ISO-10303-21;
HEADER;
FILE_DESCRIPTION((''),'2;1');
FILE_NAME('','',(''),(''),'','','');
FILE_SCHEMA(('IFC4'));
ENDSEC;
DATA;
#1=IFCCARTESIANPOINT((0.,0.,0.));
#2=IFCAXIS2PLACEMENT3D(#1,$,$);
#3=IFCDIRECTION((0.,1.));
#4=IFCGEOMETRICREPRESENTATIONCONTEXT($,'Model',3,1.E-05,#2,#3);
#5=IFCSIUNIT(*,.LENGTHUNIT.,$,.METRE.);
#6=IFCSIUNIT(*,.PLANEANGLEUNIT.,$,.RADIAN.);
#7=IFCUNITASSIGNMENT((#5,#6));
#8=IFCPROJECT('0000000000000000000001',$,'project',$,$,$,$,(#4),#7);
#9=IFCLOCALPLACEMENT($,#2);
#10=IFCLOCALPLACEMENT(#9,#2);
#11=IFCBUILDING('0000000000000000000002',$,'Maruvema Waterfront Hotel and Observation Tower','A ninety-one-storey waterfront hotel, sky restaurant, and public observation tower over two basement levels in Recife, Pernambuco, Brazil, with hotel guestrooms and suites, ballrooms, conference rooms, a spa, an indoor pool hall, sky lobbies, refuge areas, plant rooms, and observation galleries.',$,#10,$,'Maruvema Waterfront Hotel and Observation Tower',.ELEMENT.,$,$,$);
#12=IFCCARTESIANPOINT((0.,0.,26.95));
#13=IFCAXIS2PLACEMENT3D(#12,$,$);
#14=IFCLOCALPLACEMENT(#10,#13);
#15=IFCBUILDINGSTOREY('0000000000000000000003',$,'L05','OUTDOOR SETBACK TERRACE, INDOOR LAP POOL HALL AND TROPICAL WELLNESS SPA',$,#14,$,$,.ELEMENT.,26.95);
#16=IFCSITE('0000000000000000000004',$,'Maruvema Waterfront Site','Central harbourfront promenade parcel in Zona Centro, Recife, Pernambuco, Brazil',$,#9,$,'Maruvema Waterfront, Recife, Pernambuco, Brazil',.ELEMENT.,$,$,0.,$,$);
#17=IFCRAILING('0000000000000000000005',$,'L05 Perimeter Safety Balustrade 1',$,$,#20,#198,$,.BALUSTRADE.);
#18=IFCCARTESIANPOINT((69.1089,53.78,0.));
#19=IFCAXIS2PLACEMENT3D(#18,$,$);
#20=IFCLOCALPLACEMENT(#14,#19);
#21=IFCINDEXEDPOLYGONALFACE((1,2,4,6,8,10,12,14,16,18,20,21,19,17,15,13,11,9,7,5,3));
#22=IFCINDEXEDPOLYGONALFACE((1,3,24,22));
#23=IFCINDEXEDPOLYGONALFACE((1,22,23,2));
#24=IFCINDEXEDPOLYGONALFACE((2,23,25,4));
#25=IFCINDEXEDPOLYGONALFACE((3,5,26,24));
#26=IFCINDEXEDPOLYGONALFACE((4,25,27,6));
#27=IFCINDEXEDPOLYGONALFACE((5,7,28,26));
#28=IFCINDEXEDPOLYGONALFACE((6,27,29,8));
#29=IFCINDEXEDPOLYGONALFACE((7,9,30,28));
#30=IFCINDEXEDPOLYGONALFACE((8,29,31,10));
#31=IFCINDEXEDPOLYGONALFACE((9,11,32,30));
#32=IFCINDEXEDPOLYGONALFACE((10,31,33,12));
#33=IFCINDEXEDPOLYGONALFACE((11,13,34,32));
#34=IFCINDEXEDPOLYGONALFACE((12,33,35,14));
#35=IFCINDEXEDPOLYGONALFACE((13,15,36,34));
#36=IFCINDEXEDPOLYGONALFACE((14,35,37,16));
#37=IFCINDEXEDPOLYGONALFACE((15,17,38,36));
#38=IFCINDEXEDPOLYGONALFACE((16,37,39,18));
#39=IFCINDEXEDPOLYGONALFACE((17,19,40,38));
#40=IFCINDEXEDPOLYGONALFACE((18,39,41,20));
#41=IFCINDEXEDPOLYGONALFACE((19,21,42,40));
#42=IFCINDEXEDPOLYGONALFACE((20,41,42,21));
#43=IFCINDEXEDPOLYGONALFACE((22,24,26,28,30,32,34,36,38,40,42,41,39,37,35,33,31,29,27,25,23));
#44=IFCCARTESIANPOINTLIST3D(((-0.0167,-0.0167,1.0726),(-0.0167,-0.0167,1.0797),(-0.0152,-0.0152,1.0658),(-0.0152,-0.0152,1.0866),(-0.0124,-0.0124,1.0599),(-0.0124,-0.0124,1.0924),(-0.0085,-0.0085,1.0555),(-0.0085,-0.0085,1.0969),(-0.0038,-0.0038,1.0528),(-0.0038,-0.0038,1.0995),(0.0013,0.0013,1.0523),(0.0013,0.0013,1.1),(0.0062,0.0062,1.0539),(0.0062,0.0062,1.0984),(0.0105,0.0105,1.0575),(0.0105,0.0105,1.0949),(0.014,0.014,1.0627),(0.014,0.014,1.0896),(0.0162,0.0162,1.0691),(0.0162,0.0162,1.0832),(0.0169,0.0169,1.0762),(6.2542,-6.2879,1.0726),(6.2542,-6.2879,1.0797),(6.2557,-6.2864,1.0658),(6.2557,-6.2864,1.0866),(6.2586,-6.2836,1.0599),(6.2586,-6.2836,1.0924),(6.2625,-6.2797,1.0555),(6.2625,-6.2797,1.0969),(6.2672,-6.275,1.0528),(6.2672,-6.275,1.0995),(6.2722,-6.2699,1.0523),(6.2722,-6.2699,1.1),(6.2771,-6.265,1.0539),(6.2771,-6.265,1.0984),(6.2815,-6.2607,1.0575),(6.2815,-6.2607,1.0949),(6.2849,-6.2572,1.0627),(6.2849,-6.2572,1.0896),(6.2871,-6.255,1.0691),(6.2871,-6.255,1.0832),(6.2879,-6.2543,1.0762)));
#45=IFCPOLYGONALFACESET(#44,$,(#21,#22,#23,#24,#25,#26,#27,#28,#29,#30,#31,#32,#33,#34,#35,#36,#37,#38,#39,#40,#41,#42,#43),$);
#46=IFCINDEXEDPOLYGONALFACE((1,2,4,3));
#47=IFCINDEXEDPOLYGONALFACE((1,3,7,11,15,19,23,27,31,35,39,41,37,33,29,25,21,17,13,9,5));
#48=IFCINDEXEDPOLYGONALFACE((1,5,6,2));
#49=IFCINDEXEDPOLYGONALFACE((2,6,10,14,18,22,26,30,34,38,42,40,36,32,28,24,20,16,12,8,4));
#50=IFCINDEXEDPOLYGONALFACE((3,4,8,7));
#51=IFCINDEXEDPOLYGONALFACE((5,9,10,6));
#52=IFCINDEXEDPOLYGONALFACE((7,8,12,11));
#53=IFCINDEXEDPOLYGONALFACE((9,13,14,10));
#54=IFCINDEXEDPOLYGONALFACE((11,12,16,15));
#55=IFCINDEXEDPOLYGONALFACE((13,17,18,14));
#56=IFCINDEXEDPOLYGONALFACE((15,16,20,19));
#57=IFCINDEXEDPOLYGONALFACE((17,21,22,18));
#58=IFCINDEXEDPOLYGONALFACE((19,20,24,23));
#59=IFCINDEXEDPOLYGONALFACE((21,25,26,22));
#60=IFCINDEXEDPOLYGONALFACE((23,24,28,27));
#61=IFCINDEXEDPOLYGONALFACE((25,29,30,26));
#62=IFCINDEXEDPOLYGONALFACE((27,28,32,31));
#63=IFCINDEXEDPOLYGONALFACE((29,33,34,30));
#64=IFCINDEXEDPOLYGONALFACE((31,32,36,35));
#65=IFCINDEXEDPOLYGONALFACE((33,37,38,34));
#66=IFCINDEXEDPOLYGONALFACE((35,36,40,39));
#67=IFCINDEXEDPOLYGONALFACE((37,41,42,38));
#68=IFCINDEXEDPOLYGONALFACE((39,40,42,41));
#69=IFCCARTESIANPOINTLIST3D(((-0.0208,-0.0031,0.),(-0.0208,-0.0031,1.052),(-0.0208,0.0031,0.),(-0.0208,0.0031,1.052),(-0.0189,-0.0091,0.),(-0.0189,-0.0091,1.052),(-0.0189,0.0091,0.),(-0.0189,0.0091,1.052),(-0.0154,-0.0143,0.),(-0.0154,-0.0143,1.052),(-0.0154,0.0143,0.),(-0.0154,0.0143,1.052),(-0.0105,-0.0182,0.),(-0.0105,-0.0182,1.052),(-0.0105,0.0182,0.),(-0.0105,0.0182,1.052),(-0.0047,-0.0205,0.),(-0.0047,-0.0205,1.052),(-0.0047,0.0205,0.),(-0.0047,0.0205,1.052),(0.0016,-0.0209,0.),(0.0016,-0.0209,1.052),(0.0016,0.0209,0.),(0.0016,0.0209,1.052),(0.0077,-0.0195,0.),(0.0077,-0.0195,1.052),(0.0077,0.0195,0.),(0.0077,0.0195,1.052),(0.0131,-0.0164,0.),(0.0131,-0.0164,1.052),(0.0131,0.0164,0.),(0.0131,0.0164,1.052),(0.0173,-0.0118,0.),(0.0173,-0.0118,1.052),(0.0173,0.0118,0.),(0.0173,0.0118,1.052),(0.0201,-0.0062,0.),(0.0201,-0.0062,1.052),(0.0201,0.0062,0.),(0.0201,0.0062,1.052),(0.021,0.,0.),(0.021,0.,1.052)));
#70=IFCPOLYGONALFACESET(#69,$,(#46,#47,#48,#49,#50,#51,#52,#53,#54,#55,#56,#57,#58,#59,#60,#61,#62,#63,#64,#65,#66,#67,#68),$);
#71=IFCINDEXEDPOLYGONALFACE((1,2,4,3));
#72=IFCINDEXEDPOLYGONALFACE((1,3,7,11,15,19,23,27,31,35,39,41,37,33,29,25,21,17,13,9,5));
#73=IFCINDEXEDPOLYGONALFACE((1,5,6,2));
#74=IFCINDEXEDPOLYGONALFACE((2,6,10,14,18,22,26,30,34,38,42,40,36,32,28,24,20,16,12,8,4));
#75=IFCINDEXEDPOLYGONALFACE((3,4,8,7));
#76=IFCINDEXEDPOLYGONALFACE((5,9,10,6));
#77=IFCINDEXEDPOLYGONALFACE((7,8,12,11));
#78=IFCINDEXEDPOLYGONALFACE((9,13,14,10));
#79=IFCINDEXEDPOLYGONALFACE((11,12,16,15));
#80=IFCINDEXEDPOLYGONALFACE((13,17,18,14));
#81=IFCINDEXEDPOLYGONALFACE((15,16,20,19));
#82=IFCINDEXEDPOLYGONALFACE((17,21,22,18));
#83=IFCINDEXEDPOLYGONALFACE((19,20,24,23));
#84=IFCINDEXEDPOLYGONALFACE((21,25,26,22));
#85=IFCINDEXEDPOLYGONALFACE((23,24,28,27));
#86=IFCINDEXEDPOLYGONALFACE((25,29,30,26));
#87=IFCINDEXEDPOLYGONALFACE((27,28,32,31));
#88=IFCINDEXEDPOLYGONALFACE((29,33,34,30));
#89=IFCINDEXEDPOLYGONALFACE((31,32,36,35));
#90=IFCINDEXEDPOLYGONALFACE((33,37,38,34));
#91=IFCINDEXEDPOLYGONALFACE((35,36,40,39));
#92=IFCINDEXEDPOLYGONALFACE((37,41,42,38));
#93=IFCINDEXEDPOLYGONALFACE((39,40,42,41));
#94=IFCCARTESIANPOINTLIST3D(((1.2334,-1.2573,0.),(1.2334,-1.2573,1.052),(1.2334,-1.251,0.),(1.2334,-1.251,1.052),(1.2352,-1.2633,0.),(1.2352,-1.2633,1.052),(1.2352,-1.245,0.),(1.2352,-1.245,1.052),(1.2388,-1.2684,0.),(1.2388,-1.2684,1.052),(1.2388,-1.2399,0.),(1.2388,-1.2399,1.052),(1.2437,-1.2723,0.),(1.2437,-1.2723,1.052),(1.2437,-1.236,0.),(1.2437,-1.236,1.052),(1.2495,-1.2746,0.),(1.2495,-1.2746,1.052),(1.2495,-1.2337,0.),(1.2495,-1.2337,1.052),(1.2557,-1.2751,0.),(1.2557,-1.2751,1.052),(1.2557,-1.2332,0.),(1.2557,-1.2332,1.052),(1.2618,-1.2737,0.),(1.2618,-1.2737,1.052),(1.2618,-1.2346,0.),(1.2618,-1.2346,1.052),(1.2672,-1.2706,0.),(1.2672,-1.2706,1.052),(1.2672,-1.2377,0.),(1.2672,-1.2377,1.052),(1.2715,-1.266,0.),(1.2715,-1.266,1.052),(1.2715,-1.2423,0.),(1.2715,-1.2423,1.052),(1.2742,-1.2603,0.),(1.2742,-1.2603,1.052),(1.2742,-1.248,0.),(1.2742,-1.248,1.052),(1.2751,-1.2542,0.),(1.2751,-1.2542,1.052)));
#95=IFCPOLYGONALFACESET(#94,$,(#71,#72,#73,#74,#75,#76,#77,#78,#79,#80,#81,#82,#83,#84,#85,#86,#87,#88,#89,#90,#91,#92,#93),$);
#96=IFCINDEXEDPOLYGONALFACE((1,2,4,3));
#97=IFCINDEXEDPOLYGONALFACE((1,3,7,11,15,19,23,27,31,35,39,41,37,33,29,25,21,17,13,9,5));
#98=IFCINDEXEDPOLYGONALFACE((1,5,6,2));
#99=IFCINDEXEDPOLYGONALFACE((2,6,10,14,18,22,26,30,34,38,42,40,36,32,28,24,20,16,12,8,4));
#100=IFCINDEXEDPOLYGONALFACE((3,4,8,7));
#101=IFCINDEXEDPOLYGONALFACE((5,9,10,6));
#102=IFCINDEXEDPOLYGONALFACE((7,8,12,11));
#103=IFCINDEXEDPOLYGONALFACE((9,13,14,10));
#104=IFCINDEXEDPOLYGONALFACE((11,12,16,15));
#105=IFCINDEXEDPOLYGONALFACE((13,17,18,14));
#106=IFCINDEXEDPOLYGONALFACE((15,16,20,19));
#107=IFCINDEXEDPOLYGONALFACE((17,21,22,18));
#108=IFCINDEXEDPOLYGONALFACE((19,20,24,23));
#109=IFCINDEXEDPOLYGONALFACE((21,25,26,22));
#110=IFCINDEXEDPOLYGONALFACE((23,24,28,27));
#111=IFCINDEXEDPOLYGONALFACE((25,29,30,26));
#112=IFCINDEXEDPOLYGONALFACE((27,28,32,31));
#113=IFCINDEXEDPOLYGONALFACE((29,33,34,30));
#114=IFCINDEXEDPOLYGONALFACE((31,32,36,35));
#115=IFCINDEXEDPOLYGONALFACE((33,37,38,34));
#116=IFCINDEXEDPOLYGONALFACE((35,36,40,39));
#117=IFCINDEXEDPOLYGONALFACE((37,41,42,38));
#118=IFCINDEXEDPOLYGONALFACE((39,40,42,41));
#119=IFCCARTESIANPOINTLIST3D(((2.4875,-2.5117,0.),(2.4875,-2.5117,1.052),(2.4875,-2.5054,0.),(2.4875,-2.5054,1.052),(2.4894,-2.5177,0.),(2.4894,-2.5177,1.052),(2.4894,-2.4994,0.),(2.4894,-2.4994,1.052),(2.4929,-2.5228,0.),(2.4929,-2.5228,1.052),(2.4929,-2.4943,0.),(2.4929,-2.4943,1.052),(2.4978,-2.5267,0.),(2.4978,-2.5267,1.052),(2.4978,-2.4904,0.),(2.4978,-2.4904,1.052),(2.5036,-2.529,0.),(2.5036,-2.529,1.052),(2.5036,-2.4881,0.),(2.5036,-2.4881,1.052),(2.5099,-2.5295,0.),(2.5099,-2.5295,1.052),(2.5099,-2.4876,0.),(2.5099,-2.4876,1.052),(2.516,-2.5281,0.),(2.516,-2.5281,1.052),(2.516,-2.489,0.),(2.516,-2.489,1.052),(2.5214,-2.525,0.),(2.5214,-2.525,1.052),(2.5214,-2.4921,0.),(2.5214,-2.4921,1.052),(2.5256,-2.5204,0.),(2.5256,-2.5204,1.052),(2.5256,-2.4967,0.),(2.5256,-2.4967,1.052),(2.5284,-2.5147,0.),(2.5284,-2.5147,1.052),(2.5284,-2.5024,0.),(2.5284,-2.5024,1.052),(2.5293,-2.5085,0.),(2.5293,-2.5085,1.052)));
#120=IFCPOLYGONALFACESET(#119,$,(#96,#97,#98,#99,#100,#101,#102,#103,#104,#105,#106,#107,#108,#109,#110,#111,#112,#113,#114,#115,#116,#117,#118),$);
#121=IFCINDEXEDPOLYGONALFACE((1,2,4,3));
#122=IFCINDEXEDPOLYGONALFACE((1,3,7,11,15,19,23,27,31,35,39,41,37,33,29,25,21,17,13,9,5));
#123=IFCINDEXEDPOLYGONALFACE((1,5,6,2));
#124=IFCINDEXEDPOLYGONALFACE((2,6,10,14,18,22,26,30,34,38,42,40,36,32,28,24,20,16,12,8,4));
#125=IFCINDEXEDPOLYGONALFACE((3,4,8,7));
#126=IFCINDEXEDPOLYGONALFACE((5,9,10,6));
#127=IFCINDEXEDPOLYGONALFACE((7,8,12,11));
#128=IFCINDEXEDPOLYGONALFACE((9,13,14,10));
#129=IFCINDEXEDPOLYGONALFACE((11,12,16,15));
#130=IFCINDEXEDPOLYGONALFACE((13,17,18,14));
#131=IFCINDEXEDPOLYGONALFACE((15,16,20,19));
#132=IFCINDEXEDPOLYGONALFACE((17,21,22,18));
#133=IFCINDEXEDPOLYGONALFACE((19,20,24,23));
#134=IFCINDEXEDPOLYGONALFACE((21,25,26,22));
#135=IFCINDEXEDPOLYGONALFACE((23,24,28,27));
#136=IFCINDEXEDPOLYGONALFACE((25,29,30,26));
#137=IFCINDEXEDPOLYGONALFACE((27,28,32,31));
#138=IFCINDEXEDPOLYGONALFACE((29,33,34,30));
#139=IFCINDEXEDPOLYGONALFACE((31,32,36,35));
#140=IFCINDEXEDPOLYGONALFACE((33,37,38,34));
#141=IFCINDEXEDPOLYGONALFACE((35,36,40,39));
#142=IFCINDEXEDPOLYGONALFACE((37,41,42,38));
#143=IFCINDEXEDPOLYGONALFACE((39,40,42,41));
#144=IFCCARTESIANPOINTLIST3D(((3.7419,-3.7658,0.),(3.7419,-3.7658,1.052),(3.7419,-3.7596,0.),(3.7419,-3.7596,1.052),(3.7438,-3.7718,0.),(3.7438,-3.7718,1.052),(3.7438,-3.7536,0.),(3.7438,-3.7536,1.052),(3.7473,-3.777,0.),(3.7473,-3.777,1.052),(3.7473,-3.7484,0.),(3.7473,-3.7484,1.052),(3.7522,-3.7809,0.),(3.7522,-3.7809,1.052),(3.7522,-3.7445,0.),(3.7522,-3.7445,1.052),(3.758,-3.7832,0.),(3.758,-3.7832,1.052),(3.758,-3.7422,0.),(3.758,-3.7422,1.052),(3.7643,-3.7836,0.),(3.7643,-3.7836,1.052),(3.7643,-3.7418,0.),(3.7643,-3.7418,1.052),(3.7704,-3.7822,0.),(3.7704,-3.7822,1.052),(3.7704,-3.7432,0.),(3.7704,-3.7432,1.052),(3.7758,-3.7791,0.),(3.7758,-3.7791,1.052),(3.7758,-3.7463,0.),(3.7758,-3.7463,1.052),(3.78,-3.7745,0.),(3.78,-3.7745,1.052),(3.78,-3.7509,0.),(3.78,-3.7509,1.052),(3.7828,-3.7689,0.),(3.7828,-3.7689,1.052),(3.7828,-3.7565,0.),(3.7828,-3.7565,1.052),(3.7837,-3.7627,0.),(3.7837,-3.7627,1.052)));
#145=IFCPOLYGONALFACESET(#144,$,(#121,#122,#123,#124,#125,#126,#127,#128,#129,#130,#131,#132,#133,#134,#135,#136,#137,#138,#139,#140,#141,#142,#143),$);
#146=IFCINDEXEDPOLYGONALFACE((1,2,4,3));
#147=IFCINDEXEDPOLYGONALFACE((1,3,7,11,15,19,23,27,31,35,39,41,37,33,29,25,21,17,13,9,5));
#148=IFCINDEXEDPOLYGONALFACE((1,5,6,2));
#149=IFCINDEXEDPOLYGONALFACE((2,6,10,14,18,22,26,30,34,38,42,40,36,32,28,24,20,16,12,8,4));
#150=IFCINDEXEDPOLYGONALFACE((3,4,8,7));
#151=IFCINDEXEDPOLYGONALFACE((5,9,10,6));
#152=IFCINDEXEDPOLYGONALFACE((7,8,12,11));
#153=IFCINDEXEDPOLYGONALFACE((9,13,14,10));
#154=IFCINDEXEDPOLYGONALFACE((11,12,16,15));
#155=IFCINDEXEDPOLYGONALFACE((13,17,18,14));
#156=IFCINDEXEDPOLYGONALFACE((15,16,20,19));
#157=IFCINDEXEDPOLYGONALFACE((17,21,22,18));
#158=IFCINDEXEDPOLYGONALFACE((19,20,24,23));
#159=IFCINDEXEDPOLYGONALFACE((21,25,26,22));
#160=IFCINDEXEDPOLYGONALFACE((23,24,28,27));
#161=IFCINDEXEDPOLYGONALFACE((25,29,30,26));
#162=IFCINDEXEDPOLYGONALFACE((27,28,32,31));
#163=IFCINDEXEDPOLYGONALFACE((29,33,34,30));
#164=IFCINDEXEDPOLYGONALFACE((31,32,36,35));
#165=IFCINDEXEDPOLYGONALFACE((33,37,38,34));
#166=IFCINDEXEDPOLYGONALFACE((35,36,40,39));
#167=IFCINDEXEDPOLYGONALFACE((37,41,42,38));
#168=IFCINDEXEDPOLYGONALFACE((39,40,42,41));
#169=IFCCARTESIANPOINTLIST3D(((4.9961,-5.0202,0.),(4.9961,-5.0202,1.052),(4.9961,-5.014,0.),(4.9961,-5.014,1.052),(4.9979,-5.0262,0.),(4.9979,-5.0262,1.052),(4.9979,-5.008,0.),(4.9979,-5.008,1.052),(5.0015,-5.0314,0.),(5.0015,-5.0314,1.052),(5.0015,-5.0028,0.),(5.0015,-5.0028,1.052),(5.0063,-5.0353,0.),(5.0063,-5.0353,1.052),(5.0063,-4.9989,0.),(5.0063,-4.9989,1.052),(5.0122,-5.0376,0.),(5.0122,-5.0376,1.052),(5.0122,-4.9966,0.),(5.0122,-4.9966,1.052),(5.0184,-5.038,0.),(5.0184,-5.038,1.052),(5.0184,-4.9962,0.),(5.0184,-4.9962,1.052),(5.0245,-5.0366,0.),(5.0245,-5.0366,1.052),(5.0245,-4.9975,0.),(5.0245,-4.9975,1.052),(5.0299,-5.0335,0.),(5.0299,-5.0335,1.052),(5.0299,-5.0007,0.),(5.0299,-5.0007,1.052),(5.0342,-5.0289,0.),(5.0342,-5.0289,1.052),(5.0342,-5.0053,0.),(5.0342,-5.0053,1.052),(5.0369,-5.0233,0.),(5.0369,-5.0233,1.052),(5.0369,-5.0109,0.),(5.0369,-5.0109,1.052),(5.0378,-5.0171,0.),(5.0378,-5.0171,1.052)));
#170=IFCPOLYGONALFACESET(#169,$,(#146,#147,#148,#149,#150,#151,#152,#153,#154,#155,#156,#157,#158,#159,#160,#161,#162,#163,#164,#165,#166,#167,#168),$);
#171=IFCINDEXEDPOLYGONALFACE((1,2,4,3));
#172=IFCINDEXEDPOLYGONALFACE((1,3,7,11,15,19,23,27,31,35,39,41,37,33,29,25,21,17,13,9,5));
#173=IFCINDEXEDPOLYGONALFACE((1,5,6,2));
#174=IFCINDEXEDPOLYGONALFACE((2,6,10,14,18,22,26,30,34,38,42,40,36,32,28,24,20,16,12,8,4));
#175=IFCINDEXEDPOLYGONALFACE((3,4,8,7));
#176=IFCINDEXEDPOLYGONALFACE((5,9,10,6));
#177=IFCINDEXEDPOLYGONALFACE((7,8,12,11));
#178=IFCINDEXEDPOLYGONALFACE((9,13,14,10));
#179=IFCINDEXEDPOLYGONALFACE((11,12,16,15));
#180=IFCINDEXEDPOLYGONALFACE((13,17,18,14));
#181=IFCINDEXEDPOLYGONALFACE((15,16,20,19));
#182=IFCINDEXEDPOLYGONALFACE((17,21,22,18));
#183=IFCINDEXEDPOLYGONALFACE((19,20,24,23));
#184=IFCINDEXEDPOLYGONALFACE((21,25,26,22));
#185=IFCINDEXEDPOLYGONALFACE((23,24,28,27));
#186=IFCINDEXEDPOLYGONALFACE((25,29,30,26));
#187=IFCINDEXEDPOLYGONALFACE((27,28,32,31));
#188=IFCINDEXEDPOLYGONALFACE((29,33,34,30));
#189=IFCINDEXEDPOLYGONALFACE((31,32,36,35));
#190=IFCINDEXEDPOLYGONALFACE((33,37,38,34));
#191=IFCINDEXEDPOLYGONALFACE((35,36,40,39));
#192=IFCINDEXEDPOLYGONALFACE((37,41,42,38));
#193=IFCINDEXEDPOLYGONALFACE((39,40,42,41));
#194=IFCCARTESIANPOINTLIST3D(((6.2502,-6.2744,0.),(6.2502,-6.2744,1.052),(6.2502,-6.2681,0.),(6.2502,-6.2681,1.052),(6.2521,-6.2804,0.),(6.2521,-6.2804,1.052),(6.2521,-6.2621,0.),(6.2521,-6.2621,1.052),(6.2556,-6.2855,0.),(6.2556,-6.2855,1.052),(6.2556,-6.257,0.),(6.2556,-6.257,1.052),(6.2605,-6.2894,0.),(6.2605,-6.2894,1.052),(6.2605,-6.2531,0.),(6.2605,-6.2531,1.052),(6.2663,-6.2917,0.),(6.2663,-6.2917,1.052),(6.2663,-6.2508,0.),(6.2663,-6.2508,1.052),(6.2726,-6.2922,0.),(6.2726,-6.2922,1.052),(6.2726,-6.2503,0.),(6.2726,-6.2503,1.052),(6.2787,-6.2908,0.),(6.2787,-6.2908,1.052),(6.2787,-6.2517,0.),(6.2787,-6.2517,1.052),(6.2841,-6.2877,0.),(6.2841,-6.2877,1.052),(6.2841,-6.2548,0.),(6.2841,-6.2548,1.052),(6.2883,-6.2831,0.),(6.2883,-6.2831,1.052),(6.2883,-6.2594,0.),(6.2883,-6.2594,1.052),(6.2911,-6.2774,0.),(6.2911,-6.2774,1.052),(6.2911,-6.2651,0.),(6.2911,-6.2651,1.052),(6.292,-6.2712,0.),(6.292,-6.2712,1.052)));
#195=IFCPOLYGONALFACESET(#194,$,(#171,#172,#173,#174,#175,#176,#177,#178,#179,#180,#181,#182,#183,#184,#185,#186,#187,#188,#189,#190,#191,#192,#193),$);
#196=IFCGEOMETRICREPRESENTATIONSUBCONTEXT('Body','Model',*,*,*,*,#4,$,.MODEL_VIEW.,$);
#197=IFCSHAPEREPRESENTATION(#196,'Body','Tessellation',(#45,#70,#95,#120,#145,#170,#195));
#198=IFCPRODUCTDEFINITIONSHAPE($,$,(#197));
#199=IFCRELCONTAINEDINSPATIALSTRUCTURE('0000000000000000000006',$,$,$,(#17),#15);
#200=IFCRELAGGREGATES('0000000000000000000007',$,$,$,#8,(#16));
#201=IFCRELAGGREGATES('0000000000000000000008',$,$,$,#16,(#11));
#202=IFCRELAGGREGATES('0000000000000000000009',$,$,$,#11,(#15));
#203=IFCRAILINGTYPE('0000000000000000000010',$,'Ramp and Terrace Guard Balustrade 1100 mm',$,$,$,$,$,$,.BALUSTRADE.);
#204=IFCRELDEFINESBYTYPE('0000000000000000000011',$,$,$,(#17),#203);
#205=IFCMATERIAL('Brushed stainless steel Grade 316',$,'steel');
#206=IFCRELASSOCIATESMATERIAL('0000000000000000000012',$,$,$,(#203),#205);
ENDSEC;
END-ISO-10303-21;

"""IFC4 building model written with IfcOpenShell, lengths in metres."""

from ifc_helpers import new_model, si_unit, direction, frame, origin, origin_2d, place, context, subcontext, project, spatial, circle, extrude, material, type_object, element, save


model = new_model("IFC4")

# Units and contexts
model_context = context("Model", 3, precision=1e-05, world=origin(), true_north=direction((0.0, 1.0)))
body_context = subcontext(model_context, "Body", "Model", "MODEL_VIEW")
ifc_project = project(units=[si_unit("LENGTHUNIT", "METRE"), si_unit("PLANEANGLEUNIT", "RADIAN")], contexts=[model_context])

# Site, building, storey
site_placement = place(None, origin())
site = spatial("IfcSite", under=ifc_project, at=site_placement, Name="Maruvema Waterfront Site", Description="Central harbourfront promenade parcel in Zona Centro, Recife, Pernambuco, Brazil", LongName="Maruvema Waterfront, Recife, Pernambuco, Brazil", CompositionType="ELEMENT", RefElevation=0.0)
building_placement = place(site_placement, origin())
building = spatial("IfcBuilding", under=site, at=building_placement, Name="Maruvema Waterfront Hotel and Observation Tower", Description="A ninety-one-storey waterfront hotel, sky restaurant, and public observation tower over two basement levels in Recife, Pernambuco, Brazil, with hotel guestrooms and suites, ballrooms, conference rooms, a spa, an indoor pool hall, sky lobbies, refuge areas, plant rooms, and observation galleries.", LongName="Maruvema Waterfront Hotel and Observation Tower", CompositionType="ELEMENT")
storey_placement = place(building_placement, frame((0.0, 0.0, 26.95)))
storey = spatial("IfcBuildingStorey", under=building, at=storey_placement, Name="L05", Description="OUTDOOR SETBACK TERRACE, INDOOR LAP POOL HALL AND TROPICAL WELLNESS SPA", CompositionType="ELEMENT", Elevation=26.95)

# Railing
ifc_material_1 = material(Name="Brushed stainless steel Grade 316", Category="steel")
railing_type = type_object("IfcRailingType", Name="Ramp and Terrace Guard Balustrade 1100 mm", PredefinedType="BALUSTRADE", material=ifc_material_1)
railing_1_placement = place(storey_placement, frame((69.1089, 53.78, 0.0)))
element("IfcRailing", 1, at=railing_1_placement, inside=storey, type_object=railing_type, Name="L05 Perimeter Safety Balustrade 1", PredefinedType="BALUSTRADE", context=body_context, shape_type="SweptSolid", body=[
    extrude(circle(Radius=0.0239, at=origin_2d()), frame((0.0, 0.0, 1.0762), z_axis=(0.707093, -0.707121, 0.0), x_axis=(0.707121, 0.707093, 0.0)), (0.0, 0.0, 1.0), 8.8687),
    extrude(circle(Radius=0.021, at=origin_2d()), origin(), (0.0, 0.0, 1.0), 1.052),
    extrude(circle(Radius=0.021, at=origin_2d()), frame((1.2542, -1.2542, 0.0)), (0.0, 0.0, 1.0), 1.052),
    extrude(circle(Radius=0.021, at=origin_2d()), frame((2.5083, -2.5085, 0.0)), (0.0, 0.0, 1.0), 1.052),
    extrude(circle(Radius=0.021, at=origin_2d()), frame((3.7627, -3.7627, 0.0)), (0.0, 0.0, 1.0), 1.052),
    extrude(circle(Radius=0.021, at=origin_2d()), frame((5.0168, -5.0171, 0.0)), (0.0, 0.0, 1.0), 1.052),
    extrude(circle(Radius=0.021, at=origin_2d()), frame((6.271, -6.2712, 0.0)), (0.0, 0.0, 1.0), 1.052),
])

save(model, "model.ifc")
